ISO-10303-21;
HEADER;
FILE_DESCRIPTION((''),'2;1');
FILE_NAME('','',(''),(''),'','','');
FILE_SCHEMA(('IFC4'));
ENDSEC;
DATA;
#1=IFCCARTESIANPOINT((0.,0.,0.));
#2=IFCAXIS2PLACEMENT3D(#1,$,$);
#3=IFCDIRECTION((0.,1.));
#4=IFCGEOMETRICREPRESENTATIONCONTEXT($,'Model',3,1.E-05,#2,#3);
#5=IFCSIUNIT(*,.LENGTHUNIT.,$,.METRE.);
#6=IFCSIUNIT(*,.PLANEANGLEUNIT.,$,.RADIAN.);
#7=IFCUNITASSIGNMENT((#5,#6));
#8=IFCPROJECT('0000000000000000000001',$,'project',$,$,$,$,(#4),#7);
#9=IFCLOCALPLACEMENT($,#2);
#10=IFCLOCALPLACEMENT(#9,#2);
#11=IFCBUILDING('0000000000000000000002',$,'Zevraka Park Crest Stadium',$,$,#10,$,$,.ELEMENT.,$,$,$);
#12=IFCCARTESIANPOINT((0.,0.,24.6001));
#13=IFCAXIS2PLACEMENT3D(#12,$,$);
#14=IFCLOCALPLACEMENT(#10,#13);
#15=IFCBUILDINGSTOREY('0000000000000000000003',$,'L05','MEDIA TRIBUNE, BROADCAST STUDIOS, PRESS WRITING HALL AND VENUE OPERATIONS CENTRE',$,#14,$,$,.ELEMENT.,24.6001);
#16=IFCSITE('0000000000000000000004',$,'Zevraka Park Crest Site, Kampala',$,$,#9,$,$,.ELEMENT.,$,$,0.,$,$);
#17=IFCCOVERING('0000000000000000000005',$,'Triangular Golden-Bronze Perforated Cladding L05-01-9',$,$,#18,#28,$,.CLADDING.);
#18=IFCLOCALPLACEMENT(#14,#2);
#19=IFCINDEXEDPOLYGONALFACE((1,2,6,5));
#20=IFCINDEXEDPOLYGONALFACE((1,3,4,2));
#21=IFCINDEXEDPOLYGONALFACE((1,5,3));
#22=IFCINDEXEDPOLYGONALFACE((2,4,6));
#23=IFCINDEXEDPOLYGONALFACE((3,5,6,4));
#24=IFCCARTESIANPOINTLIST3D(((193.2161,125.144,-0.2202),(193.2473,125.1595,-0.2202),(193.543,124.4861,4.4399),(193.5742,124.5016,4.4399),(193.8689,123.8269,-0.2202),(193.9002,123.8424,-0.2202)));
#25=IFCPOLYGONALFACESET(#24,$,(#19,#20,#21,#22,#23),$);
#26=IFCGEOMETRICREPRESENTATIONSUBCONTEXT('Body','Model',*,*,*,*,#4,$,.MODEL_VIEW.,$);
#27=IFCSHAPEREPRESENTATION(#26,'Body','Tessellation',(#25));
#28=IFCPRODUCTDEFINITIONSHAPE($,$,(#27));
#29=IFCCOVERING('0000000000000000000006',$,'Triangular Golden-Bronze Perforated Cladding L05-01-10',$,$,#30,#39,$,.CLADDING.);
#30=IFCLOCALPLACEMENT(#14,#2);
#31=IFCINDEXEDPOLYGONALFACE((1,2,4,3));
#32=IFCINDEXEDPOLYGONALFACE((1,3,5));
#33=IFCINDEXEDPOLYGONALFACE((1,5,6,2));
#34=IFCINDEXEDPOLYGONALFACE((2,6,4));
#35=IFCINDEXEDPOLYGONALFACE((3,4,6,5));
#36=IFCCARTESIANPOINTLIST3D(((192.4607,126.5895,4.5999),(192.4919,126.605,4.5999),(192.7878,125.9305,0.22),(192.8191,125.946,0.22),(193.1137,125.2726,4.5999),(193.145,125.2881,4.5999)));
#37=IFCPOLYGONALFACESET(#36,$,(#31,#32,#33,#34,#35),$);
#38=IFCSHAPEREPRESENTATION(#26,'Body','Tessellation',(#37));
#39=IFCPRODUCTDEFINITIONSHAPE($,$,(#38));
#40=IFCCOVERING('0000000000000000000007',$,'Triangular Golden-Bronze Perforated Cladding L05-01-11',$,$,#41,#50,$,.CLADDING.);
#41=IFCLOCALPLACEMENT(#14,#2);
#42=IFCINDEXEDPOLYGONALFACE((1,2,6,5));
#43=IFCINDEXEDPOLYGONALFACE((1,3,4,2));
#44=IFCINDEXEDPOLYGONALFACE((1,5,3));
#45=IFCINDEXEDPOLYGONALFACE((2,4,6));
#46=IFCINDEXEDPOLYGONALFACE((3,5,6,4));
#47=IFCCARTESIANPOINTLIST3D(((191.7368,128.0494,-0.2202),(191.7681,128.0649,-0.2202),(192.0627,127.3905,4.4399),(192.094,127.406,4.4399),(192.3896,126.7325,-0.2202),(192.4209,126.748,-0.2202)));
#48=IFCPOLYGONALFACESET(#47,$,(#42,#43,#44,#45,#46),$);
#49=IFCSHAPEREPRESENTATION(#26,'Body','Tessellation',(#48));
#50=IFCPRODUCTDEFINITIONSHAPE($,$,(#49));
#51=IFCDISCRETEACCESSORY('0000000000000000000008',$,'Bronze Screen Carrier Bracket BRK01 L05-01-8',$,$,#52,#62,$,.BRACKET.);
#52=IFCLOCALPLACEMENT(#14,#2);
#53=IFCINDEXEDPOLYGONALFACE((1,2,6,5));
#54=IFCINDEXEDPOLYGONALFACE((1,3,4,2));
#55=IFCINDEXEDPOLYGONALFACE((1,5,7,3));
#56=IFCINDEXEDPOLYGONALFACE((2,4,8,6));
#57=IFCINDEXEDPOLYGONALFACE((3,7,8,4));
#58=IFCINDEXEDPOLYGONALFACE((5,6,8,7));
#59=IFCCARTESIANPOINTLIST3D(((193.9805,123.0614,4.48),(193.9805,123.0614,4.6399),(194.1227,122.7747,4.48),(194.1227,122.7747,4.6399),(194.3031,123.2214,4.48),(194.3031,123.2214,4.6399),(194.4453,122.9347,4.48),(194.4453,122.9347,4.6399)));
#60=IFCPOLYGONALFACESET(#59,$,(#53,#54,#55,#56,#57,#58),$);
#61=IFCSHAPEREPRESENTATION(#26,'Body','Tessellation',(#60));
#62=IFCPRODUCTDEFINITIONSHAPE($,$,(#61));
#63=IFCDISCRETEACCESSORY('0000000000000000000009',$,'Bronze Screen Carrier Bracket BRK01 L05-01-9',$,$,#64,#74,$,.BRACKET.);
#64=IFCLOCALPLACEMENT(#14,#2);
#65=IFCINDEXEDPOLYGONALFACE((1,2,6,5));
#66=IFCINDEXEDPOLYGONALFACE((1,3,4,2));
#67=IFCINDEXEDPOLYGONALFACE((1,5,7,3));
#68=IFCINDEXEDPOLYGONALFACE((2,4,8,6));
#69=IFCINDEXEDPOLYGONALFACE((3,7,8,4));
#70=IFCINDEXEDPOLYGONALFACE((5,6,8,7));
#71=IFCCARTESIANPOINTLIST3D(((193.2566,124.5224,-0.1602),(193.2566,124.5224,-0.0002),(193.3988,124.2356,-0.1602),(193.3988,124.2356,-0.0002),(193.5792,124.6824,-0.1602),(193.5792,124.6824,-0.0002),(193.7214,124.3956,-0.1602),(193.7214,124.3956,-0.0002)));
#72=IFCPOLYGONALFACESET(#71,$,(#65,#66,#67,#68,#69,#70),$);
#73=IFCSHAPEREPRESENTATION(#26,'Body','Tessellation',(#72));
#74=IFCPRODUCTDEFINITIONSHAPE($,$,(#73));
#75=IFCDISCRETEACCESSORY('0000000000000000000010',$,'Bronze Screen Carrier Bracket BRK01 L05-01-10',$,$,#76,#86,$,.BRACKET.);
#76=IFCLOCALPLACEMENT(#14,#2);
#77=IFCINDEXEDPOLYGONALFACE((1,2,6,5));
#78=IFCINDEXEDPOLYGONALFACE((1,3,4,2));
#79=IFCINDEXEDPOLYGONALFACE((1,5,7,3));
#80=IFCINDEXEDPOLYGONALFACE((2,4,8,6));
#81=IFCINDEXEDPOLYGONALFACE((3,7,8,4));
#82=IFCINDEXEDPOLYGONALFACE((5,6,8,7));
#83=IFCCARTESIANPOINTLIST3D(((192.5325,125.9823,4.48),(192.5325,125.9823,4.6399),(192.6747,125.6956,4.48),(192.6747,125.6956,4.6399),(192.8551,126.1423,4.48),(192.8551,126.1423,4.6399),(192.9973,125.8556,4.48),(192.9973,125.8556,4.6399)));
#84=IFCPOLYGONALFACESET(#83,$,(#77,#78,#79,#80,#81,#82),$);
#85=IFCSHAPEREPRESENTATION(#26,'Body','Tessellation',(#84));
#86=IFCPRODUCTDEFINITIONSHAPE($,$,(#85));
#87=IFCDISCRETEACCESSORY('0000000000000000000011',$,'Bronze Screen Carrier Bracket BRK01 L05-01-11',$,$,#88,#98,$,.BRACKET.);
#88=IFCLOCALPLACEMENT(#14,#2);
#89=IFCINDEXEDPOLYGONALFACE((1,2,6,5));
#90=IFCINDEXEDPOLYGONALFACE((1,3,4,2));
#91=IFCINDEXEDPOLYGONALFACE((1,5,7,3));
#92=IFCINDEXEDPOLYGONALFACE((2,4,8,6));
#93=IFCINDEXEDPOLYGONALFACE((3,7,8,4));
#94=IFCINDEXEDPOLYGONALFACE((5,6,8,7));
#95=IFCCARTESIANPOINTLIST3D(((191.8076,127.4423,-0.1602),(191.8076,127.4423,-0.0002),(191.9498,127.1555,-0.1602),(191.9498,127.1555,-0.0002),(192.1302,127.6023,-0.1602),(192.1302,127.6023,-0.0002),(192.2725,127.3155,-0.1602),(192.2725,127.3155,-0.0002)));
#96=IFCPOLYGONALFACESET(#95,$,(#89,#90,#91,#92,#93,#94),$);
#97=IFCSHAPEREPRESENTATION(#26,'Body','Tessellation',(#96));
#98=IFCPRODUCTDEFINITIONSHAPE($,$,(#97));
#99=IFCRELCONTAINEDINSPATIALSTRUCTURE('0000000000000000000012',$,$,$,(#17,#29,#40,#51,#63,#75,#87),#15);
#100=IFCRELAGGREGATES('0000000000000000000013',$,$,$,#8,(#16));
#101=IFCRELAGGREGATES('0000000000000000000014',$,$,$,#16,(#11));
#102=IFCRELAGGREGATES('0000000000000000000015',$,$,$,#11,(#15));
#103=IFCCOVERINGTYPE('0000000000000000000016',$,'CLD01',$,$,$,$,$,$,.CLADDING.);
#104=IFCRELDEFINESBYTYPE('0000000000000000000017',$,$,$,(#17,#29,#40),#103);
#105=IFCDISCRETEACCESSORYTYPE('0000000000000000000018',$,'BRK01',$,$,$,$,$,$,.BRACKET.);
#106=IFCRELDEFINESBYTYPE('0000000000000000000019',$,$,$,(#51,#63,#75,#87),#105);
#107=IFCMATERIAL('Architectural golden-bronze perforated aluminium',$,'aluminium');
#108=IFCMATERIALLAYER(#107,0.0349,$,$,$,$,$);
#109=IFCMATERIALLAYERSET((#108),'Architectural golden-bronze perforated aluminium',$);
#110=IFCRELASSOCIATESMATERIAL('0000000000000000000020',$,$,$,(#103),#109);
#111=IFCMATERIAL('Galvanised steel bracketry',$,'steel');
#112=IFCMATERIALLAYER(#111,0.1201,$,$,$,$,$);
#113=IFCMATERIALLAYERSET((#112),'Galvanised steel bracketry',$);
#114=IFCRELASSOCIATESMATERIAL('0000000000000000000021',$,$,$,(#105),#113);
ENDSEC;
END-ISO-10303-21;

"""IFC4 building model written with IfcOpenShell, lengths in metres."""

from ifc_helpers import new_model, si_unit, direction, frame, origin, origin_2d, place, context, subcontext, project, spatial, polyline, rectangle, outline, extrude, material, layer, layer_set, type_object, element, save


model = new_model("IFC4")

# Units and contexts
model_context = context("Model", 3, precision=1e-05, world=origin(), true_north=direction((0.0, 1.0)))
body_context = subcontext(model_context, "Body", "Model", "MODEL_VIEW")
ifc_project = project(units=[si_unit("LENGTHUNIT", "METRE"), si_unit("PLANEANGLEUNIT", "RADIAN")], contexts=[model_context])

# Site, building, storey
site_placement = place(None, origin())
site = spatial("IfcSite", under=ifc_project, at=site_placement, Name="Zevraka Park Crest Site, Kampala", CompositionType="ELEMENT", RefElevation=0.0)
building_placement = place(site_placement, origin())
building = spatial("IfcBuilding", under=site, at=building_placement, Name="Zevraka Park Crest Stadium", CompositionType="ELEMENT")
storey_placement = place(building_placement, frame((0.0, 0.0, 24.6001)))
storey = spatial("IfcBuildingStorey", under=building, at=storey_placement, Name="L05", Description="MEDIA TRIBUNE, BROADCAST STUDIOS, PRESS WRITING HALL AND VENUE OPERATIONS CENTRE", CompositionType="ELEMENT", Elevation=24.6001)

# Coverings
ifc_material_1 = material(Name="Architectural golden-bronze perforated aluminium", Category="aluminium")
ifc_layer_1 = layer(ifc_material_1, 0.0349)
ifc_layer_set_1 = layer_set([ifc_layer_1], Name="Architectural golden-bronze perforated aluminium")
covering_type = type_object("IfcCoveringType", Name="CLD01", PredefinedType="CLADDING", material=ifc_layer_set_1)
covering_1_placement = place(storey_placement, frame((193.8689, 123.8269, -0.2202), z_axis=(-0.895983, -0.444089, 0.000152), x_axis=(-0.444089, 0.895983, 0.0)))
element("IfcCovering", 1, at=covering_1_placement, inside=storey, type_object=covering_type, Name="Triangular Golden-Bronze Perforated Cladding L05-01-9", PredefinedType="CLADDING", context=body_context, shape_type="SweptSolid", body=[
    extrude(outline(polyline([(0.0, 0.0), (1.47, 0.0), (0.7354, -4.6602), (0.0, 0.0)])), origin(), (0.0, 0.0, -1.0), 0.0349),
])
covering_2_placement = place(storey_placement, frame((192.4919, 126.605, 4.5999), z_axis=(0.895884, 0.444288, 0.000075), x_axis=(0.444288, -0.895884, 0.0)))
element("IfcCovering", 2, at=covering_2_placement, inside=storey, type_object=covering_type, Name="Triangular Golden-Bronze Perforated Cladding L05-01-10", PredefinedType="CLADDING", context=body_context, shape_type="SweptSolid", body=[
    extrude(outline(polyline([(0.0, 0.0), (1.4699, 0.0), (0.7357, 4.3799), (0.0, 0.0)])), origin(), (0.0, 0.0, -1.0), 0.0349),
])
covering_3_placement = place(storey_placement, frame((192.4209, 126.748, -0.2202), z_axis=(0.89595, 0.444155, 0.00014), x_axis=(-0.444155, 0.89595, 0.0)))
element("IfcCovering", 3, at=covering_3_placement, inside=storey, type_object=covering_type, Name="Triangular Golden-Bronze Perforated Cladding L05-01-11", PredefinedType="CLADDING", context=body_context, shape_type="SweptSolid", body=[
    extrude(outline(polyline([(0.0, 0.0), (1.4698, 0.0), (0.7347, 4.6602), (0.0, 0.0)])), origin(), (0.0, 0.0, -1.0), 0.0349),
])

# Discrete accessories
ifc_material_2 = material(Name="Galvanised steel bracketry", Category="steel")
ifc_layer_2 = layer(ifc_material_2, 0.1201)
ifc_layer_set_2 = layer_set([ifc_layer_2], Name="Galvanised steel bracketry")
discrete_accessory_type = type_object("IfcDiscreteAccessoryType", Name="BRK01", PredefinedType="BRACKET", material=ifc_layer_set_2)
for number, where, z_axis, x_axis, name in (
    (4, (194.2129, 122.998, 4.48), (0.0, 0.0, 1.0), (-0.444322, 0.895867, 0.0), "Bronze Screen Carrier Bracket BRK01 L05-01-8"),
    (5, (193.489, 124.459, -0.1602), (0.0, 0.0, 1.0), (-0.444322, 0.895867, 0.0), "Bronze Screen Carrier Bracket BRK01 L05-01-9"),
    (6, (192.7649, 125.9189, 4.48), (0.0, 0.0, 1.0), (-0.444322, 0.895867, 0.0), "Bronze Screen Carrier Bracket BRK01 L05-01-10"),
    (7, (192.04, 127.3789, -0.1602), (0.0, 0.0, 1.0), (-0.444322, 0.895867, 0.0), "Bronze Screen Carrier Bracket BRK01 L05-01-11"),
):
    element("IfcDiscreteAccessory", number, at=place(storey_placement, frame(where, z_axis=z_axis, x_axis=x_axis)), inside=storey, type_object=discrete_accessory_type, Name=name, PredefinedType="BRACKET", context=body_context, shape_type="SweptSolid", body=[
        extrude(rectangle(XDim=0.3201, YDim=0.3601, at=origin_2d()), origin(), (0.0, 0.0, 1.0), 0.1599),
    ])

save(model, "model.ifc")
